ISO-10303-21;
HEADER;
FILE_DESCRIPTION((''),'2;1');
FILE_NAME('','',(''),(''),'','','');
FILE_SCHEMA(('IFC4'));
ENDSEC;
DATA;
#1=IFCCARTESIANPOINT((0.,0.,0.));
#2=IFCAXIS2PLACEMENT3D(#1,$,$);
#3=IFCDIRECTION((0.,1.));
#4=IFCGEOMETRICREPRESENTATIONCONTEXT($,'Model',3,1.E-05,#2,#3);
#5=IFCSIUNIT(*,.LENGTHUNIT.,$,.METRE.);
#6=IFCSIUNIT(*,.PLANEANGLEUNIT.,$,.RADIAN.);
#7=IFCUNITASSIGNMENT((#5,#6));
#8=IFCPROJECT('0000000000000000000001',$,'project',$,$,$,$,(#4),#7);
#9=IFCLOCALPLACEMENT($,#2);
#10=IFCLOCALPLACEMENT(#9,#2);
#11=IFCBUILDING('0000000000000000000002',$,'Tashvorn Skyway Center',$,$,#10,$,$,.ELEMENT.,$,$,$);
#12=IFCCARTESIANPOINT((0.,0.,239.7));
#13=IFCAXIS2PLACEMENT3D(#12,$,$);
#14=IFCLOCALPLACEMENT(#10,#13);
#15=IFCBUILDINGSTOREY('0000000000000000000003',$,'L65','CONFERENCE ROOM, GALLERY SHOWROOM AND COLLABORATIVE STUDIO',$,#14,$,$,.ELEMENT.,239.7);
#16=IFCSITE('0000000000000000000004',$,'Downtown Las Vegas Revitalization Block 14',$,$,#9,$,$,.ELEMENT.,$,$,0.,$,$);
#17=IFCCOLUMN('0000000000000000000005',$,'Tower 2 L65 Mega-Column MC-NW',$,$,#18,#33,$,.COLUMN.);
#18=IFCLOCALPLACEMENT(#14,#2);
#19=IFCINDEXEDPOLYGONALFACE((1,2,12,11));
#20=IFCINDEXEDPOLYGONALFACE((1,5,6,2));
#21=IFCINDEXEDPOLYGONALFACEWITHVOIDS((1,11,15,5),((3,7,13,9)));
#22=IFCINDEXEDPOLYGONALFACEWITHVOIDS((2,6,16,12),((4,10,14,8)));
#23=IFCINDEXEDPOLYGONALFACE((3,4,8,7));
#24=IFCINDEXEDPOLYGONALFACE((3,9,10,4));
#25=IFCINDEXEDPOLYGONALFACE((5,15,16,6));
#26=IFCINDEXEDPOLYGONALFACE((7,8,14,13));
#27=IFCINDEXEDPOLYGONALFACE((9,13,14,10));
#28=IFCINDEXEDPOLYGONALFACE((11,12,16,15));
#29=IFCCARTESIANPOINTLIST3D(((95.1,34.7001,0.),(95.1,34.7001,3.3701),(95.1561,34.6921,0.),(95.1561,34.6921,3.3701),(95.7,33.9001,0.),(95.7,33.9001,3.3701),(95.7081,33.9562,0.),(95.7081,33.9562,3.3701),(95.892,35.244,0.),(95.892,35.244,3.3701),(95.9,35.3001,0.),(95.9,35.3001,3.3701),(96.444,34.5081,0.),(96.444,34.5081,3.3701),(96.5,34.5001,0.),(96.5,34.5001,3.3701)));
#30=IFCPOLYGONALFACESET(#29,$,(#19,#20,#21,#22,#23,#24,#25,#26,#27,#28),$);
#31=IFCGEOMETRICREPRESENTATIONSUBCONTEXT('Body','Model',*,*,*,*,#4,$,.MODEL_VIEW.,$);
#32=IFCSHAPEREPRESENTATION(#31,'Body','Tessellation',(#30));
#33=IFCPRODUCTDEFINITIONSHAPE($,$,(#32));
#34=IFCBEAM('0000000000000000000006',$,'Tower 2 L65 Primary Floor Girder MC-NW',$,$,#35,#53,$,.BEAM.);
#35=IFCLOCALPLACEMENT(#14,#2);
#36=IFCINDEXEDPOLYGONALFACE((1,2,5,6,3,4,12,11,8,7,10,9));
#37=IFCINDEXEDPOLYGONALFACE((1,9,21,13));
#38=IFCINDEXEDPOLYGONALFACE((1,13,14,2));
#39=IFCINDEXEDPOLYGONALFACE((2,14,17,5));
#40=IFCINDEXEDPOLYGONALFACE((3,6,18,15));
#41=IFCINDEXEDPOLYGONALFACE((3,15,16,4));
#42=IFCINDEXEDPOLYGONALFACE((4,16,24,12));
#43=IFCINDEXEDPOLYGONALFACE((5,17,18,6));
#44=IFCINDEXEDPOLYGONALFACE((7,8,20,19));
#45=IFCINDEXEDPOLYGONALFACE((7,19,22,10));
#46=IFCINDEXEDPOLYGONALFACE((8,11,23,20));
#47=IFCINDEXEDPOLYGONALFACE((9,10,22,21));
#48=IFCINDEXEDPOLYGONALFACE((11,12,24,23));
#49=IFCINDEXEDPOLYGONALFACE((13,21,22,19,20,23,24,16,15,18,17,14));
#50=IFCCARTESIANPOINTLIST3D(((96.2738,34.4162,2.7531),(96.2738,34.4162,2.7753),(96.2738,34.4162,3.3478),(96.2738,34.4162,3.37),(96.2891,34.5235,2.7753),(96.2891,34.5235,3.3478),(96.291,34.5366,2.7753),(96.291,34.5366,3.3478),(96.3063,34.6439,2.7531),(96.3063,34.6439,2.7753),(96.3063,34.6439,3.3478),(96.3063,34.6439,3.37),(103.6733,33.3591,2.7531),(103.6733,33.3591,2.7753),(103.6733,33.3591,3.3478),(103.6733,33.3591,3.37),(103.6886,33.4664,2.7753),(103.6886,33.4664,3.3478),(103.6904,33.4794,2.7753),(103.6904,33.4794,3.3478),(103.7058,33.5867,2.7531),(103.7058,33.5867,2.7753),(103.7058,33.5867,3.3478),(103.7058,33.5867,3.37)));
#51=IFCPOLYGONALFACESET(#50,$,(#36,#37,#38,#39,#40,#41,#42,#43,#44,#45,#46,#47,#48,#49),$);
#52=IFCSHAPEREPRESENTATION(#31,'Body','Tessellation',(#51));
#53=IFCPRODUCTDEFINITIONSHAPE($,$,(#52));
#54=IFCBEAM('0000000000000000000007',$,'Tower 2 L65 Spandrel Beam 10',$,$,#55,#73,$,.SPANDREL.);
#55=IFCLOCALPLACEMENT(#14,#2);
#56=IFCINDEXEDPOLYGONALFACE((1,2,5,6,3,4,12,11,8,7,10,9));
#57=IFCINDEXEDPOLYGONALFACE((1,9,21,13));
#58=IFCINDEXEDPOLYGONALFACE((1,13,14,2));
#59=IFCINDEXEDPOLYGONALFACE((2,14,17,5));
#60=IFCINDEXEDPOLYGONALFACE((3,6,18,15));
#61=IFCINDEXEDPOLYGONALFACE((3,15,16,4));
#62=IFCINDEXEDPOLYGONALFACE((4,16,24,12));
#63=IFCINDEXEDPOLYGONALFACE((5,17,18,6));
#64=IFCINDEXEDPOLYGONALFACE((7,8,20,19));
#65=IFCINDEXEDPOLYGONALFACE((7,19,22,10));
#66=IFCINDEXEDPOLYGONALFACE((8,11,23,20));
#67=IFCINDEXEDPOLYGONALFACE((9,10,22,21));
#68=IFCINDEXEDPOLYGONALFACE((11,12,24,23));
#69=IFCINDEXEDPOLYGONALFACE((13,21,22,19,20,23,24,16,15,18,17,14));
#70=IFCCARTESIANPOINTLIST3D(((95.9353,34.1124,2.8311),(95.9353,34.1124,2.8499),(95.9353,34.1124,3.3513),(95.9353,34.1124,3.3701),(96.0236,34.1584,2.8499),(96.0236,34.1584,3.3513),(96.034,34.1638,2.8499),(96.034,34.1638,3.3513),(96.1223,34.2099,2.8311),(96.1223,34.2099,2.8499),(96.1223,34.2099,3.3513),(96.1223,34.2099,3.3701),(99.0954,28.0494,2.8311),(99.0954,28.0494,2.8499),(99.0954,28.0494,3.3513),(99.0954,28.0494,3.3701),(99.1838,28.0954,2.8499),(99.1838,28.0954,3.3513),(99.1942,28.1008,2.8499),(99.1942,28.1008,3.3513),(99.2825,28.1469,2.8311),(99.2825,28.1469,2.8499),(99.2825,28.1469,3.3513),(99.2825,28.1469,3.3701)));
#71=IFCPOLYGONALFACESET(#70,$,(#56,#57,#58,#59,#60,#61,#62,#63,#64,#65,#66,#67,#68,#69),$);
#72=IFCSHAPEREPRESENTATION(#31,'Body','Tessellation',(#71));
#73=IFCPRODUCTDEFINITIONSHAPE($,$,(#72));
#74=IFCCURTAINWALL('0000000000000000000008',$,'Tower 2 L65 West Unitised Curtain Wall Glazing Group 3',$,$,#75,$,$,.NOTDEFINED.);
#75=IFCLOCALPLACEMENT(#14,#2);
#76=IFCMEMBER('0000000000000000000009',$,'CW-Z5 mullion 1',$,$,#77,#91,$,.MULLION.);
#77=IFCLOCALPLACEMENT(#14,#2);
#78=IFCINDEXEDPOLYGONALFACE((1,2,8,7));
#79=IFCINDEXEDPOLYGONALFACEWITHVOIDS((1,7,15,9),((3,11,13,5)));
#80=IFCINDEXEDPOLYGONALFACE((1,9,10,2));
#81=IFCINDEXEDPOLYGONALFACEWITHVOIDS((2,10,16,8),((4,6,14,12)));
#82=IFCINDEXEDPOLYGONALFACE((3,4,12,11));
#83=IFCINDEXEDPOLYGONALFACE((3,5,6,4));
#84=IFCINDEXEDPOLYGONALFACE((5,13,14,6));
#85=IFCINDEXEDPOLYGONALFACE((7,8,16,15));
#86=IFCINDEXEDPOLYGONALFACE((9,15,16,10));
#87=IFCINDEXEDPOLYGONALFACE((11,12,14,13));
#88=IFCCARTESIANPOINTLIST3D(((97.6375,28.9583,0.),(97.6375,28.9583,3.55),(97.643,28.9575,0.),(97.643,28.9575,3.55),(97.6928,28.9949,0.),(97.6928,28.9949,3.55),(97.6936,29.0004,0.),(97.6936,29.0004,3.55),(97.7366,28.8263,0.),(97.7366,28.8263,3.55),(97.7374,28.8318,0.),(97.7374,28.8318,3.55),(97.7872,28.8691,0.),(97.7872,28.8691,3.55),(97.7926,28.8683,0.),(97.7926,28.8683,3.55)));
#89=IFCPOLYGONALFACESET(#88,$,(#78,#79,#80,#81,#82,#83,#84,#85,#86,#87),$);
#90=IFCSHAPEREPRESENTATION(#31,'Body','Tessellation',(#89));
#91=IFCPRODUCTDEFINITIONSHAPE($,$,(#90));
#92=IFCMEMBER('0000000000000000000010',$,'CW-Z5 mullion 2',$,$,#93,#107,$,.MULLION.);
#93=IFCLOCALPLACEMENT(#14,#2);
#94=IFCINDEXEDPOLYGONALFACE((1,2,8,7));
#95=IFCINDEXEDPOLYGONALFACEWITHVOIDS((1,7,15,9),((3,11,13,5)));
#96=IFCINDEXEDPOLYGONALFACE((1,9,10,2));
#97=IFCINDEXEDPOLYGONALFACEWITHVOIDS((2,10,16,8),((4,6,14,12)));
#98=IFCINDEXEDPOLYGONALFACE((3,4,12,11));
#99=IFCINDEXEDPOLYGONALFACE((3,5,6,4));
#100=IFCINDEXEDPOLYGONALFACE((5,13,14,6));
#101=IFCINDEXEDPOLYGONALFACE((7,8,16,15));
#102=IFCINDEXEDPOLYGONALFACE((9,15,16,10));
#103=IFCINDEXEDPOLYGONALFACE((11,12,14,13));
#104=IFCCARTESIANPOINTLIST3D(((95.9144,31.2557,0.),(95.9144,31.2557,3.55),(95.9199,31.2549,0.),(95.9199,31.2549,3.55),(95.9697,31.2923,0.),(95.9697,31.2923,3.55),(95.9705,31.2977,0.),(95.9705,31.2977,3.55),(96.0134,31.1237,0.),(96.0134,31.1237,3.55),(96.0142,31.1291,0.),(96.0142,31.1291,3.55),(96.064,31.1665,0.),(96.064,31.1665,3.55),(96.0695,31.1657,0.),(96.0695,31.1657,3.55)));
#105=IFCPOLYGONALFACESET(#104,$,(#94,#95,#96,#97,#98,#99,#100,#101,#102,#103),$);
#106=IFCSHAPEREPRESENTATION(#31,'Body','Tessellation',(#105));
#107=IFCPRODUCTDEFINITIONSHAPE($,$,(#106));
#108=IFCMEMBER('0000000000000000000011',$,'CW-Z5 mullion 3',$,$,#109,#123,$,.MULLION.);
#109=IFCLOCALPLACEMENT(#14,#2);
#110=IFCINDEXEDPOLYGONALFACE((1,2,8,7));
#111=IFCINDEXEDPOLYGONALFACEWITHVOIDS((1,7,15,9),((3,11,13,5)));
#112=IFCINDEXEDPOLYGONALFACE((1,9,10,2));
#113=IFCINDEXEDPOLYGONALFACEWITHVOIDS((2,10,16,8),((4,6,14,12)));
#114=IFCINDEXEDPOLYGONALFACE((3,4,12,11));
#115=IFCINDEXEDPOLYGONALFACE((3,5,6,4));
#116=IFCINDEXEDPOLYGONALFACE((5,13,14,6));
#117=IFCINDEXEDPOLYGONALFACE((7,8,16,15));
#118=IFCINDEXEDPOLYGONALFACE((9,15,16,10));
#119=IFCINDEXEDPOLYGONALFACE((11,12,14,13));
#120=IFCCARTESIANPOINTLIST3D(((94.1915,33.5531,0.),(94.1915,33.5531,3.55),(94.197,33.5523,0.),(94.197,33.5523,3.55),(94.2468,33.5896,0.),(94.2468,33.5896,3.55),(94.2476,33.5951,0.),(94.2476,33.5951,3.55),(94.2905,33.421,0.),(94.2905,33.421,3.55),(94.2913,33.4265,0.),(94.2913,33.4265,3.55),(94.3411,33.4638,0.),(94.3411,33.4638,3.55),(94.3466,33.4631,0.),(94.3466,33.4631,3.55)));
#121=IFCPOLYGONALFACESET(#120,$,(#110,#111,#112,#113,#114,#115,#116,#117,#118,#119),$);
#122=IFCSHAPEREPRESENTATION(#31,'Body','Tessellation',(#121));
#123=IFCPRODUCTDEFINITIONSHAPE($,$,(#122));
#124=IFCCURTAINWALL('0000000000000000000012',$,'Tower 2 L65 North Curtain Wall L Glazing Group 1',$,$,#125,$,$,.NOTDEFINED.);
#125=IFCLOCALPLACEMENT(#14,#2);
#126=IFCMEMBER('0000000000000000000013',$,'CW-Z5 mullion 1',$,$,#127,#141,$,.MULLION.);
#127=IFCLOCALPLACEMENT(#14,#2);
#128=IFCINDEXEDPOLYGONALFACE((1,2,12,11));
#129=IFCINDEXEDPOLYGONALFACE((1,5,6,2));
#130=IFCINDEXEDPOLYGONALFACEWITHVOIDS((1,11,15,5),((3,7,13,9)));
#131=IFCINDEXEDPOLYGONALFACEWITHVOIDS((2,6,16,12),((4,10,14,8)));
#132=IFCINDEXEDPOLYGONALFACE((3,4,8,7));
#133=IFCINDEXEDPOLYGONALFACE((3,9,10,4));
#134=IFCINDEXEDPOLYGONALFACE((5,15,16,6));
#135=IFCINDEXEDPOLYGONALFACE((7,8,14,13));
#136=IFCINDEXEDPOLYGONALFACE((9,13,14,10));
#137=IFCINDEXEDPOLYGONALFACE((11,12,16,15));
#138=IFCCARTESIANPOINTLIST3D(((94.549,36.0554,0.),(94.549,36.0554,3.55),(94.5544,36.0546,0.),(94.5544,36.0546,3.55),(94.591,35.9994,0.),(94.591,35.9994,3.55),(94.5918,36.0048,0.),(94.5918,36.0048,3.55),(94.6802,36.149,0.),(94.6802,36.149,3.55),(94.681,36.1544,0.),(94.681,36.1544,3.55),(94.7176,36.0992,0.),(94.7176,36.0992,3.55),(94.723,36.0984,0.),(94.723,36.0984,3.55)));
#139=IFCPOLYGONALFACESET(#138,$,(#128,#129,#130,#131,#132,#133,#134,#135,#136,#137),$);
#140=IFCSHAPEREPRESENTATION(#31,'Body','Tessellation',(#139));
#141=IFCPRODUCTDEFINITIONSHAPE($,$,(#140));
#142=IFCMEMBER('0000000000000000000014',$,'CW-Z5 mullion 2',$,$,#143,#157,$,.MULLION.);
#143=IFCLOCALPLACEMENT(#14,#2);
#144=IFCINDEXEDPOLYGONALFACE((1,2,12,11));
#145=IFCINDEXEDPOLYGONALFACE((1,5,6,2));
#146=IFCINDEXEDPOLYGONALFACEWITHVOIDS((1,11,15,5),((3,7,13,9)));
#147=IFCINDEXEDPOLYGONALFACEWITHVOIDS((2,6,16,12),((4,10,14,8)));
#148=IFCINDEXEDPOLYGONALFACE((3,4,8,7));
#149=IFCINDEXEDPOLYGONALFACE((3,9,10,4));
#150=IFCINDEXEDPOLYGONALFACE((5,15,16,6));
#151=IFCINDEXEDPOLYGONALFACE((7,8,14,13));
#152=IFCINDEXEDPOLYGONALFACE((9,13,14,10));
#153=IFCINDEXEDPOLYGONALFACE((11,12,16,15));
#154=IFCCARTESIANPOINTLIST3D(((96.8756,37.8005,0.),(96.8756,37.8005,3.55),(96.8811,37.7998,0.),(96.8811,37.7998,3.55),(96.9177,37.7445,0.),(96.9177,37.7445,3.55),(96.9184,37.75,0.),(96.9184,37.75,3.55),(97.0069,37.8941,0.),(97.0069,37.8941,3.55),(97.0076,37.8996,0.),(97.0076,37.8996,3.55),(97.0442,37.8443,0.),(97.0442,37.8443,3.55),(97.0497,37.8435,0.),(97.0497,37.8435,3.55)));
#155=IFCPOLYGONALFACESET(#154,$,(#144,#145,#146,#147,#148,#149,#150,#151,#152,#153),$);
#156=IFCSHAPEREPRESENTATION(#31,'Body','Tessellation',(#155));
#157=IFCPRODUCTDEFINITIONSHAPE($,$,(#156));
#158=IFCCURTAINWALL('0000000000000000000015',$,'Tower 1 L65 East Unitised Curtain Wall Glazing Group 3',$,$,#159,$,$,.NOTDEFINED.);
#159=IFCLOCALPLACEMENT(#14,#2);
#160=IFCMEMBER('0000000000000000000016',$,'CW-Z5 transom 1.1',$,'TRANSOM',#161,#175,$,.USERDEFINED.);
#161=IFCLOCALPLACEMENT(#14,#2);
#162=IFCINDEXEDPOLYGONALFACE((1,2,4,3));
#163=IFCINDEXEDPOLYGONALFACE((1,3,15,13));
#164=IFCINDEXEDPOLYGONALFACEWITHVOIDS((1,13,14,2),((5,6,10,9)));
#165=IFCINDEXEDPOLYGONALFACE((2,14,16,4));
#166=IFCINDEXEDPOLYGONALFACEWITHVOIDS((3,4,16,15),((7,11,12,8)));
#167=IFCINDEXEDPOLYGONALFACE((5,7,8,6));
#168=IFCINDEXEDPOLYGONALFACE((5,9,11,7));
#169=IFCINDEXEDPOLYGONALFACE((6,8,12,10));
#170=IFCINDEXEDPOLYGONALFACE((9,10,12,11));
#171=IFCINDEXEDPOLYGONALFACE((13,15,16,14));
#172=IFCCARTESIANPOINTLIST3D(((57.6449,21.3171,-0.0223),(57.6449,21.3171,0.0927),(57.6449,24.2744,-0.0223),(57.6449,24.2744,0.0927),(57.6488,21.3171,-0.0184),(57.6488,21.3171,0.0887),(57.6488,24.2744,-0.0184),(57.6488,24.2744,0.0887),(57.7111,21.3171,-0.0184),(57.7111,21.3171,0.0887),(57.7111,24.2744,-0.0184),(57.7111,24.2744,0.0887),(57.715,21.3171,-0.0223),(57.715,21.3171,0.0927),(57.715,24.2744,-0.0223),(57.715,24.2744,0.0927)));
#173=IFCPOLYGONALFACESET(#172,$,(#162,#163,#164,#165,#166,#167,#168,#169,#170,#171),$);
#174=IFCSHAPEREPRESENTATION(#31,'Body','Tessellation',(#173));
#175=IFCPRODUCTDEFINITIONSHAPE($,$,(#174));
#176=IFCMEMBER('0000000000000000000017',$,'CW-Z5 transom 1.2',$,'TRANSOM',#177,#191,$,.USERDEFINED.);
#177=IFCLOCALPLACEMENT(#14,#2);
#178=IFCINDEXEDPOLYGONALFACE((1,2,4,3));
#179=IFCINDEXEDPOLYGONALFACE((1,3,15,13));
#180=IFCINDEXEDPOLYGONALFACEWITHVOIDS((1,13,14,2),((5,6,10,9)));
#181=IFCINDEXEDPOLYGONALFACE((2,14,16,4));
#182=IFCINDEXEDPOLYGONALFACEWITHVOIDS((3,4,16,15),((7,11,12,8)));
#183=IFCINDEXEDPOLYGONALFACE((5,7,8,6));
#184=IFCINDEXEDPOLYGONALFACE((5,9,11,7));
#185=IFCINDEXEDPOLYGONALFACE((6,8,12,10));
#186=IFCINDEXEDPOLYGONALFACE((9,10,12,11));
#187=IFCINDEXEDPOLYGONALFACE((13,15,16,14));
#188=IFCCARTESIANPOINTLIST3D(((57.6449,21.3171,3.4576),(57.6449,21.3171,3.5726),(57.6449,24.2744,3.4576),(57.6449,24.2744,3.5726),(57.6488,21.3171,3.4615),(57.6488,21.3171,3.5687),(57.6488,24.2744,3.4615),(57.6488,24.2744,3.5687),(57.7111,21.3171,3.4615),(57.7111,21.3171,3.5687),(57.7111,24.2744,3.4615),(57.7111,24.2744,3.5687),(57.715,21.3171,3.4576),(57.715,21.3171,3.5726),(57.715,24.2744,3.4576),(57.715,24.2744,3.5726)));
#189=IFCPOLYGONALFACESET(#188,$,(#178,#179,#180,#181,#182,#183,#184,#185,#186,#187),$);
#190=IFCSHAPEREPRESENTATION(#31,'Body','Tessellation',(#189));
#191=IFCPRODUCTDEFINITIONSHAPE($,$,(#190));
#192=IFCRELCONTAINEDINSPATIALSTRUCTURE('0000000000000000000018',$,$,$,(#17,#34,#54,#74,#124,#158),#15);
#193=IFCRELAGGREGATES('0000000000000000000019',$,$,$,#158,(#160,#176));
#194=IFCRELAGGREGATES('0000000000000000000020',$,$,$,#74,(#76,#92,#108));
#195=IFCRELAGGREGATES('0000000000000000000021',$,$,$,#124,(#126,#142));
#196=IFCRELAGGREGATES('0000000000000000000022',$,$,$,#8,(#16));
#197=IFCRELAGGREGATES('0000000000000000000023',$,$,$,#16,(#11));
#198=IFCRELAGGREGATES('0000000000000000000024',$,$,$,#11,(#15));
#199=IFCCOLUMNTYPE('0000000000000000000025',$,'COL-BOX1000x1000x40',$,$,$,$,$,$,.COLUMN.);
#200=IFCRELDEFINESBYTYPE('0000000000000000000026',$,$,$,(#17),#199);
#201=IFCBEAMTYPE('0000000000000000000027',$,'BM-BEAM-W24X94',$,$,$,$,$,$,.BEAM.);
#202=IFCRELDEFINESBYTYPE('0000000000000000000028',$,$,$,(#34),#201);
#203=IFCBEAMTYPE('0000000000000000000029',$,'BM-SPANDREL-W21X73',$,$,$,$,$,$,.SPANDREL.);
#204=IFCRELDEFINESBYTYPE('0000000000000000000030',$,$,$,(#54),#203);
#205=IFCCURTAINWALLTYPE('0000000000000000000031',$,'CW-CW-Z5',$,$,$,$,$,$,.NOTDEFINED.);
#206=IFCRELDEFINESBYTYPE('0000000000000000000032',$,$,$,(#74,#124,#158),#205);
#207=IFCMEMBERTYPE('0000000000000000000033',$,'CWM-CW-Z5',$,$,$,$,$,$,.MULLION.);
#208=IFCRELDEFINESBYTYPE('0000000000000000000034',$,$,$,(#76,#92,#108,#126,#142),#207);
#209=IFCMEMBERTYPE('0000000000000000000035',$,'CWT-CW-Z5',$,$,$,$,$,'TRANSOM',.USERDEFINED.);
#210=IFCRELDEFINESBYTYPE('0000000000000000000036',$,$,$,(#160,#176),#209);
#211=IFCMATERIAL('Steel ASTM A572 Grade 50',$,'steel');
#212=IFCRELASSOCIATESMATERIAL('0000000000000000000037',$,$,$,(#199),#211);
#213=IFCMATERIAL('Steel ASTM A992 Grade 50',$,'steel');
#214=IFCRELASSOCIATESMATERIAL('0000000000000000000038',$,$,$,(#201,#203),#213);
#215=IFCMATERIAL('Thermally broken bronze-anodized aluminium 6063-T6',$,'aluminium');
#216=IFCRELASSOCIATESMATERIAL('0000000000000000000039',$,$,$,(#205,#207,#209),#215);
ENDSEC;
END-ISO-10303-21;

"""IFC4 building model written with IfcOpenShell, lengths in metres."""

from ifc_helpers import new_model, si_unit, direction, frame, origin, origin_2d, place, context, subcontext, project, spatial, hollow_rectangle, i_section, extrude, material, material_profile, profile_set, type_object, element, aggregate, save


model = new_model("IFC4")

# Units and contexts
model_context = context("Model", 3, precision=1e-05, world=origin(), true_north=direction((0.0, 1.0)))
body_context = subcontext(model_context, "Body", "Model", "MODEL_VIEW")
ifc_project = project(units=[si_unit("LENGTHUNIT", "METRE"), si_unit("PLANEANGLEUNIT", "RADIAN")], contexts=[model_context])

# Site, building, storey
site_placement = place(None, origin())
site = spatial("IfcSite", under=ifc_project, at=site_placement, Name="Downtown Las Vegas Revitalization Block 14", CompositionType="ELEMENT", RefElevation=0.0)
building_placement = place(site_placement, origin())
building = spatial("IfcBuilding", under=site, at=building_placement, Name="Tashvorn Skyway Center", CompositionType="ELEMENT")
storey_placement = place(building_placement, frame((0.0, 0.0, 239.7)))
storey = spatial("IfcBuildingStorey", under=building, at=storey_placement, Name="L65", Description="CONFERENCE ROOM, GALLERY SHOWROOM AND COLLABORATIVE STUDIO", CompositionType="ELEMENT", Elevation=239.7)

# Column
ifc_material_1 = material(Name="Steel ASTM A572 Grade 50", Category="steel")
ifc_material_profile_1 = material_profile(ifc_material_1, hollow_rectangle(XDim=1.0, YDim=1.0, WallThickness=0.04, at=origin_2d()), Name="BOX1000x1000x40")
ifc_profile_set_1 = profile_set([ifc_material_profile_1], Name="Steel ASTM A572 Grade 50")
column_type = type_object("IfcColumnType", Name="COL-BOX1000x1000x40", PredefinedType="COLUMN", material=ifc_profile_set_1)
column_placement = place(storey_placement, frame((95.8, 34.6001, 0.0), z_axis=(0.0, 0.0, 1.0), x_axis=(0.8, 0.6, 0.0)))
element("IfcColumn", 1, at=column_placement, inside=storey, type_object=column_type, Name="Tower 2 L65 Mega-Column MC-NW", PredefinedType="COLUMN", context=body_context, shape_type="SweptSolid", body=[
    extrude(hollow_rectangle(XDim=1.0, YDim=1.0, WallThickness=0.04, at=origin_2d()), origin(), (0.0, 0.0, 1.0), 3.3701),
])

# Beams
ifc_material_2 = material(Name="Steel ASTM A992 Grade 50", Category="steel")
ifc_material_profile_2 = material_profile(ifc_material_2, i_section(OverallWidth=0.23, OverallDepth=0.6169, WebThickness=0.0132, FlangeThickness=0.0222, at=origin_2d()), Name="W24X94")
ifc_profile_set_2 = profile_set([ifc_material_profile_2], Name="Steel ASTM A992 Grade 50")
beam_type_1 = type_object("IfcBeamType", Name="BM-BEAM-W24X94", PredefinedType="BEAM", material=ifc_profile_set_2)
beam_1_placement = place(storey_placement, frame((96.29, 34.53, 3.0615), z_axis=(0.989948, -0.141431, 0.0), x_axis=(0.141431, 0.989948, 0.0)))
element("IfcBeam", 2, at=beam_1_placement, inside=storey, type_object=beam_type_1, Name="Tower 2 L65 Primary Floor Girder MC-NW", PredefinedType="BEAM", context=body_context, shape_type="SweptSolid", body=[
    extrude(i_section(OverallWidth=0.23, OverallDepth=0.6169, WebThickness=0.0132, FlangeThickness=0.0222, at=origin_2d()), origin(), (0.0, 0.0, 1.0), 7.4746),
])
ifc_material_profile_3 = material_profile(ifc_material_2, i_section(OverallWidth=0.2109, OverallDepth=0.5391, WebThickness=0.0117, FlangeThickness=0.0188, at=origin_2d()), Name="W21X73")
ifc_profile_set_3 = profile_set([ifc_material_profile_3], Name="Steel ASTM A992 Grade 50")
beam_type_2 = type_object("IfcBeamType", Name="BM-SPANDREL-W21X73", PredefinedType="SPANDREL", material=ifc_profile_set_3)
beam_2_placement = place(storey_placement, frame((96.0288, 34.1611, 3.1006), z_axis=(0.462205, -0.886773, 0.0), x_axis=(0.886773, 0.462205, 0.0)))
element("IfcBeam", 3, at=beam_2_placement, inside=storey, type_object=beam_type_2, Name="Tower 2 L65 Spandrel Beam 10", PredefinedType="SPANDREL", context=body_context, shape_type="SweptSolid", body=[
    extrude(i_section(OverallWidth=0.2109, OverallDepth=0.5391, WebThickness=0.0117, FlangeThickness=0.0188, at=origin_2d()), origin(), (0.0, 0.0, 1.0), 6.8372),
])

# Curtain walls, members
ifc_material_3 = material(Name="Thermally broken bronze-anodized aluminium 6063-T6", Category="aluminium")
curtain_wall_type = type_object("IfcCurtainWallType", Name="CW-CW-Z5", PredefinedType="NOTDEFINED", material=ifc_material_3)
curtain_wall_1_placement = place(storey_placement, origin())
curtain_wall_1 = element("IfcCurtainWall", 4, at=curtain_wall_1_placement, inside=storey, type_object=curtain_wall_type, Name="Tower 2 L65 West Unitised Curtain Wall Glazing Group 3", PredefinedType="NOTDEFINED")
ifc_material_profile_4 = material_profile(ifc_material_3, hollow_rectangle(XDim=0.0701, YDim=0.165, WallThickness=0.0039, at=origin_2d()), Name="ALU-MULL-70x165")
ifc_profile_set_4 = profile_set([ifc_material_profile_4], Name="Thermally broken bronze-anodized aluminium 6063-T6")
member_type_1 = type_object("IfcMemberType", Name="CWM-CW-Z5", PredefinedType="MULLION", material=ifc_profile_set_4)
member_1_placement = place(storey_placement, frame((97.7151, 28.9133, 0.0), z_axis=(0.0, 0.0, 1.0), x_axis=(-0.800002, -0.599997, 0.0)))
member_1 = element("IfcMember", 5, at=member_1_placement, type_object=member_type_1, Name="CW-Z5 mullion 1", PredefinedType="MULLION", context=body_context, shape_type="SweptSolid", body=[
    extrude(hollow_rectangle(XDim=0.0701, YDim=0.165, WallThickness=0.0039, at=origin_2d()), origin(), (0.0, 0.0, 1.0), 3.55),
])
member_2_placement = place(storey_placement, frame((95.9919, 31.2107, 0.0), z_axis=(0.0, 0.0, 1.0), x_axis=(-0.800002, -0.599997, 0.0)))
member_2 = element("IfcMember", 6, at=member_2_placement, type_object=member_type_1, Name="CW-Z5 mullion 2", PredefinedType="MULLION", context=body_context, shape_type="SweptSolid", body=[
    extrude(hollow_rectangle(XDim=0.0701, YDim=0.165, WallThickness=0.0039, at=origin_2d()), origin(), (0.0, 0.0, 1.0), 3.55),
])
member_3_placement = place(storey_placement, frame((94.269, 33.5081, 0.0), z_axis=(0.0, 0.0, 1.0), x_axis=(-0.800002, -0.599997, 0.0)))
member_3 = element("IfcMember", 7, at=member_3_placement, type_object=member_type_1, Name="CW-Z5 mullion 3", PredefinedType="MULLION", context=body_context, shape_type="SweptSolid", body=[
    extrude(hollow_rectangle(XDim=0.0701, YDim=0.165, WallThickness=0.0039, at=origin_2d()), origin(), (0.0, 0.0, 1.0), 3.55),
])
curtain_wall_2_placement = place(storey_placement, origin())
curtain_wall_2 = element("IfcCurtainWall", 8, at=curtain_wall_2_placement, inside=storey, type_object=curtain_wall_type, Name="Tower 2 L65 North Curtain Wall L Glazing Group 1", PredefinedType="NOTDEFINED")
member_4_placement = place(storey_placement, frame((94.636, 36.0769, 0.0), z_axis=(0.0, 0.0, 1.0), x_axis=(-0.600003, 0.799998, 0.0)))
member_4 = element("IfcMember", 9, at=member_4_placement, type_object=member_type_1, Name="CW-Z5 mullion 1", PredefinedType="MULLION", context=body_context, shape_type="SweptSolid", body=[
    extrude(hollow_rectangle(XDim=0.0701, YDim=0.165, WallThickness=0.0039, at=origin_2d()), origin(), (0.0, 0.0, 1.0), 3.55),
])
member_5_placement = place(storey_placement, frame((96.9626, 37.822, 0.0), z_axis=(0.0, 0.0, 1.0), x_axis=(-0.600003, 0.799998, 0.0)))
member_5 = element("IfcMember", 10, at=member_5_placement, type_object=member_type_1, Name="CW-Z5 mullion 2", PredefinedType="MULLION", context=body_context, shape_type="SweptSolid", body=[
    extrude(hollow_rectangle(XDim=0.0701, YDim=0.165, WallThickness=0.0039, at=origin_2d()), origin(), (0.0, 0.0, 1.0), 3.55),
])
curtain_wall_3_placement = place(storey_placement, origin())
curtain_wall_3 = element("IfcCurtainWall", 11, at=curtain_wall_3_placement, inside=storey, type_object=curtain_wall_type, Name="Tower 1 L65 East Unitised Curtain Wall Glazing Group 3", PredefinedType="NOTDEFINED")
ifc_material_profile_5 = material_profile(ifc_material_3, hollow_rectangle(XDim=0.0701, YDim=0.115, WallThickness=0.0039, at=origin_2d()), Name="ALU-TRAN-70x115")
ifc_profile_set_5 = profile_set([ifc_material_profile_5], Name="Thermally broken bronze-anodized aluminium 6063-T6")
member_type_2 = type_object("IfcMemberType", Name="CWT-CW-Z5", ElementType="TRANSOM", PredefinedType="USERDEFINED", material=ifc_profile_set_5)
member_6_placement = place(storey_placement, frame((57.6799, 24.2744, 0.0352), z_axis=(0.0, -1.0, 0.0), x_axis=(1.0, 0.0, 0.0)))
member_6 = element("IfcMember", 12, at=member_6_placement, type_object=member_type_2, Name="CW-Z5 transom 1.1", ObjectType="TRANSOM", PredefinedType="USERDEFINED", context=body_context, shape_type="SweptSolid", body=[
    extrude(hollow_rectangle(XDim=0.0701, YDim=0.115, WallThickness=0.0039, at=origin_2d()), origin(), (0.0, 0.0, 1.0), 2.9573),
])
member_7_placement = place(storey_placement, frame((57.6799, 24.2744, 3.5151), z_axis=(0.0, -1.0, 0.0), x_axis=(1.0, 0.0, 0.0)))
member_7 = element("IfcMember", 13, at=member_7_placement, type_object=member_type_2, Name="CW-Z5 transom 1.2", ObjectType="TRANSOM", PredefinedType="USERDEFINED", context=body_context, shape_type="SweptSolid", body=[
    extrude(hollow_rectangle(XDim=0.0701, YDim=0.115, WallThickness=0.0039, at=origin_2d()), origin(), (0.0, 0.0, 1.0), 2.9573),
])

aggregate(curtain_wall_3, [member_6, member_7])
aggregate(curtain_wall_1, [member_1, member_2, member_3])
aggregate(curtain_wall_2, [member_4, member_5])

save(model, "model.ifc")
